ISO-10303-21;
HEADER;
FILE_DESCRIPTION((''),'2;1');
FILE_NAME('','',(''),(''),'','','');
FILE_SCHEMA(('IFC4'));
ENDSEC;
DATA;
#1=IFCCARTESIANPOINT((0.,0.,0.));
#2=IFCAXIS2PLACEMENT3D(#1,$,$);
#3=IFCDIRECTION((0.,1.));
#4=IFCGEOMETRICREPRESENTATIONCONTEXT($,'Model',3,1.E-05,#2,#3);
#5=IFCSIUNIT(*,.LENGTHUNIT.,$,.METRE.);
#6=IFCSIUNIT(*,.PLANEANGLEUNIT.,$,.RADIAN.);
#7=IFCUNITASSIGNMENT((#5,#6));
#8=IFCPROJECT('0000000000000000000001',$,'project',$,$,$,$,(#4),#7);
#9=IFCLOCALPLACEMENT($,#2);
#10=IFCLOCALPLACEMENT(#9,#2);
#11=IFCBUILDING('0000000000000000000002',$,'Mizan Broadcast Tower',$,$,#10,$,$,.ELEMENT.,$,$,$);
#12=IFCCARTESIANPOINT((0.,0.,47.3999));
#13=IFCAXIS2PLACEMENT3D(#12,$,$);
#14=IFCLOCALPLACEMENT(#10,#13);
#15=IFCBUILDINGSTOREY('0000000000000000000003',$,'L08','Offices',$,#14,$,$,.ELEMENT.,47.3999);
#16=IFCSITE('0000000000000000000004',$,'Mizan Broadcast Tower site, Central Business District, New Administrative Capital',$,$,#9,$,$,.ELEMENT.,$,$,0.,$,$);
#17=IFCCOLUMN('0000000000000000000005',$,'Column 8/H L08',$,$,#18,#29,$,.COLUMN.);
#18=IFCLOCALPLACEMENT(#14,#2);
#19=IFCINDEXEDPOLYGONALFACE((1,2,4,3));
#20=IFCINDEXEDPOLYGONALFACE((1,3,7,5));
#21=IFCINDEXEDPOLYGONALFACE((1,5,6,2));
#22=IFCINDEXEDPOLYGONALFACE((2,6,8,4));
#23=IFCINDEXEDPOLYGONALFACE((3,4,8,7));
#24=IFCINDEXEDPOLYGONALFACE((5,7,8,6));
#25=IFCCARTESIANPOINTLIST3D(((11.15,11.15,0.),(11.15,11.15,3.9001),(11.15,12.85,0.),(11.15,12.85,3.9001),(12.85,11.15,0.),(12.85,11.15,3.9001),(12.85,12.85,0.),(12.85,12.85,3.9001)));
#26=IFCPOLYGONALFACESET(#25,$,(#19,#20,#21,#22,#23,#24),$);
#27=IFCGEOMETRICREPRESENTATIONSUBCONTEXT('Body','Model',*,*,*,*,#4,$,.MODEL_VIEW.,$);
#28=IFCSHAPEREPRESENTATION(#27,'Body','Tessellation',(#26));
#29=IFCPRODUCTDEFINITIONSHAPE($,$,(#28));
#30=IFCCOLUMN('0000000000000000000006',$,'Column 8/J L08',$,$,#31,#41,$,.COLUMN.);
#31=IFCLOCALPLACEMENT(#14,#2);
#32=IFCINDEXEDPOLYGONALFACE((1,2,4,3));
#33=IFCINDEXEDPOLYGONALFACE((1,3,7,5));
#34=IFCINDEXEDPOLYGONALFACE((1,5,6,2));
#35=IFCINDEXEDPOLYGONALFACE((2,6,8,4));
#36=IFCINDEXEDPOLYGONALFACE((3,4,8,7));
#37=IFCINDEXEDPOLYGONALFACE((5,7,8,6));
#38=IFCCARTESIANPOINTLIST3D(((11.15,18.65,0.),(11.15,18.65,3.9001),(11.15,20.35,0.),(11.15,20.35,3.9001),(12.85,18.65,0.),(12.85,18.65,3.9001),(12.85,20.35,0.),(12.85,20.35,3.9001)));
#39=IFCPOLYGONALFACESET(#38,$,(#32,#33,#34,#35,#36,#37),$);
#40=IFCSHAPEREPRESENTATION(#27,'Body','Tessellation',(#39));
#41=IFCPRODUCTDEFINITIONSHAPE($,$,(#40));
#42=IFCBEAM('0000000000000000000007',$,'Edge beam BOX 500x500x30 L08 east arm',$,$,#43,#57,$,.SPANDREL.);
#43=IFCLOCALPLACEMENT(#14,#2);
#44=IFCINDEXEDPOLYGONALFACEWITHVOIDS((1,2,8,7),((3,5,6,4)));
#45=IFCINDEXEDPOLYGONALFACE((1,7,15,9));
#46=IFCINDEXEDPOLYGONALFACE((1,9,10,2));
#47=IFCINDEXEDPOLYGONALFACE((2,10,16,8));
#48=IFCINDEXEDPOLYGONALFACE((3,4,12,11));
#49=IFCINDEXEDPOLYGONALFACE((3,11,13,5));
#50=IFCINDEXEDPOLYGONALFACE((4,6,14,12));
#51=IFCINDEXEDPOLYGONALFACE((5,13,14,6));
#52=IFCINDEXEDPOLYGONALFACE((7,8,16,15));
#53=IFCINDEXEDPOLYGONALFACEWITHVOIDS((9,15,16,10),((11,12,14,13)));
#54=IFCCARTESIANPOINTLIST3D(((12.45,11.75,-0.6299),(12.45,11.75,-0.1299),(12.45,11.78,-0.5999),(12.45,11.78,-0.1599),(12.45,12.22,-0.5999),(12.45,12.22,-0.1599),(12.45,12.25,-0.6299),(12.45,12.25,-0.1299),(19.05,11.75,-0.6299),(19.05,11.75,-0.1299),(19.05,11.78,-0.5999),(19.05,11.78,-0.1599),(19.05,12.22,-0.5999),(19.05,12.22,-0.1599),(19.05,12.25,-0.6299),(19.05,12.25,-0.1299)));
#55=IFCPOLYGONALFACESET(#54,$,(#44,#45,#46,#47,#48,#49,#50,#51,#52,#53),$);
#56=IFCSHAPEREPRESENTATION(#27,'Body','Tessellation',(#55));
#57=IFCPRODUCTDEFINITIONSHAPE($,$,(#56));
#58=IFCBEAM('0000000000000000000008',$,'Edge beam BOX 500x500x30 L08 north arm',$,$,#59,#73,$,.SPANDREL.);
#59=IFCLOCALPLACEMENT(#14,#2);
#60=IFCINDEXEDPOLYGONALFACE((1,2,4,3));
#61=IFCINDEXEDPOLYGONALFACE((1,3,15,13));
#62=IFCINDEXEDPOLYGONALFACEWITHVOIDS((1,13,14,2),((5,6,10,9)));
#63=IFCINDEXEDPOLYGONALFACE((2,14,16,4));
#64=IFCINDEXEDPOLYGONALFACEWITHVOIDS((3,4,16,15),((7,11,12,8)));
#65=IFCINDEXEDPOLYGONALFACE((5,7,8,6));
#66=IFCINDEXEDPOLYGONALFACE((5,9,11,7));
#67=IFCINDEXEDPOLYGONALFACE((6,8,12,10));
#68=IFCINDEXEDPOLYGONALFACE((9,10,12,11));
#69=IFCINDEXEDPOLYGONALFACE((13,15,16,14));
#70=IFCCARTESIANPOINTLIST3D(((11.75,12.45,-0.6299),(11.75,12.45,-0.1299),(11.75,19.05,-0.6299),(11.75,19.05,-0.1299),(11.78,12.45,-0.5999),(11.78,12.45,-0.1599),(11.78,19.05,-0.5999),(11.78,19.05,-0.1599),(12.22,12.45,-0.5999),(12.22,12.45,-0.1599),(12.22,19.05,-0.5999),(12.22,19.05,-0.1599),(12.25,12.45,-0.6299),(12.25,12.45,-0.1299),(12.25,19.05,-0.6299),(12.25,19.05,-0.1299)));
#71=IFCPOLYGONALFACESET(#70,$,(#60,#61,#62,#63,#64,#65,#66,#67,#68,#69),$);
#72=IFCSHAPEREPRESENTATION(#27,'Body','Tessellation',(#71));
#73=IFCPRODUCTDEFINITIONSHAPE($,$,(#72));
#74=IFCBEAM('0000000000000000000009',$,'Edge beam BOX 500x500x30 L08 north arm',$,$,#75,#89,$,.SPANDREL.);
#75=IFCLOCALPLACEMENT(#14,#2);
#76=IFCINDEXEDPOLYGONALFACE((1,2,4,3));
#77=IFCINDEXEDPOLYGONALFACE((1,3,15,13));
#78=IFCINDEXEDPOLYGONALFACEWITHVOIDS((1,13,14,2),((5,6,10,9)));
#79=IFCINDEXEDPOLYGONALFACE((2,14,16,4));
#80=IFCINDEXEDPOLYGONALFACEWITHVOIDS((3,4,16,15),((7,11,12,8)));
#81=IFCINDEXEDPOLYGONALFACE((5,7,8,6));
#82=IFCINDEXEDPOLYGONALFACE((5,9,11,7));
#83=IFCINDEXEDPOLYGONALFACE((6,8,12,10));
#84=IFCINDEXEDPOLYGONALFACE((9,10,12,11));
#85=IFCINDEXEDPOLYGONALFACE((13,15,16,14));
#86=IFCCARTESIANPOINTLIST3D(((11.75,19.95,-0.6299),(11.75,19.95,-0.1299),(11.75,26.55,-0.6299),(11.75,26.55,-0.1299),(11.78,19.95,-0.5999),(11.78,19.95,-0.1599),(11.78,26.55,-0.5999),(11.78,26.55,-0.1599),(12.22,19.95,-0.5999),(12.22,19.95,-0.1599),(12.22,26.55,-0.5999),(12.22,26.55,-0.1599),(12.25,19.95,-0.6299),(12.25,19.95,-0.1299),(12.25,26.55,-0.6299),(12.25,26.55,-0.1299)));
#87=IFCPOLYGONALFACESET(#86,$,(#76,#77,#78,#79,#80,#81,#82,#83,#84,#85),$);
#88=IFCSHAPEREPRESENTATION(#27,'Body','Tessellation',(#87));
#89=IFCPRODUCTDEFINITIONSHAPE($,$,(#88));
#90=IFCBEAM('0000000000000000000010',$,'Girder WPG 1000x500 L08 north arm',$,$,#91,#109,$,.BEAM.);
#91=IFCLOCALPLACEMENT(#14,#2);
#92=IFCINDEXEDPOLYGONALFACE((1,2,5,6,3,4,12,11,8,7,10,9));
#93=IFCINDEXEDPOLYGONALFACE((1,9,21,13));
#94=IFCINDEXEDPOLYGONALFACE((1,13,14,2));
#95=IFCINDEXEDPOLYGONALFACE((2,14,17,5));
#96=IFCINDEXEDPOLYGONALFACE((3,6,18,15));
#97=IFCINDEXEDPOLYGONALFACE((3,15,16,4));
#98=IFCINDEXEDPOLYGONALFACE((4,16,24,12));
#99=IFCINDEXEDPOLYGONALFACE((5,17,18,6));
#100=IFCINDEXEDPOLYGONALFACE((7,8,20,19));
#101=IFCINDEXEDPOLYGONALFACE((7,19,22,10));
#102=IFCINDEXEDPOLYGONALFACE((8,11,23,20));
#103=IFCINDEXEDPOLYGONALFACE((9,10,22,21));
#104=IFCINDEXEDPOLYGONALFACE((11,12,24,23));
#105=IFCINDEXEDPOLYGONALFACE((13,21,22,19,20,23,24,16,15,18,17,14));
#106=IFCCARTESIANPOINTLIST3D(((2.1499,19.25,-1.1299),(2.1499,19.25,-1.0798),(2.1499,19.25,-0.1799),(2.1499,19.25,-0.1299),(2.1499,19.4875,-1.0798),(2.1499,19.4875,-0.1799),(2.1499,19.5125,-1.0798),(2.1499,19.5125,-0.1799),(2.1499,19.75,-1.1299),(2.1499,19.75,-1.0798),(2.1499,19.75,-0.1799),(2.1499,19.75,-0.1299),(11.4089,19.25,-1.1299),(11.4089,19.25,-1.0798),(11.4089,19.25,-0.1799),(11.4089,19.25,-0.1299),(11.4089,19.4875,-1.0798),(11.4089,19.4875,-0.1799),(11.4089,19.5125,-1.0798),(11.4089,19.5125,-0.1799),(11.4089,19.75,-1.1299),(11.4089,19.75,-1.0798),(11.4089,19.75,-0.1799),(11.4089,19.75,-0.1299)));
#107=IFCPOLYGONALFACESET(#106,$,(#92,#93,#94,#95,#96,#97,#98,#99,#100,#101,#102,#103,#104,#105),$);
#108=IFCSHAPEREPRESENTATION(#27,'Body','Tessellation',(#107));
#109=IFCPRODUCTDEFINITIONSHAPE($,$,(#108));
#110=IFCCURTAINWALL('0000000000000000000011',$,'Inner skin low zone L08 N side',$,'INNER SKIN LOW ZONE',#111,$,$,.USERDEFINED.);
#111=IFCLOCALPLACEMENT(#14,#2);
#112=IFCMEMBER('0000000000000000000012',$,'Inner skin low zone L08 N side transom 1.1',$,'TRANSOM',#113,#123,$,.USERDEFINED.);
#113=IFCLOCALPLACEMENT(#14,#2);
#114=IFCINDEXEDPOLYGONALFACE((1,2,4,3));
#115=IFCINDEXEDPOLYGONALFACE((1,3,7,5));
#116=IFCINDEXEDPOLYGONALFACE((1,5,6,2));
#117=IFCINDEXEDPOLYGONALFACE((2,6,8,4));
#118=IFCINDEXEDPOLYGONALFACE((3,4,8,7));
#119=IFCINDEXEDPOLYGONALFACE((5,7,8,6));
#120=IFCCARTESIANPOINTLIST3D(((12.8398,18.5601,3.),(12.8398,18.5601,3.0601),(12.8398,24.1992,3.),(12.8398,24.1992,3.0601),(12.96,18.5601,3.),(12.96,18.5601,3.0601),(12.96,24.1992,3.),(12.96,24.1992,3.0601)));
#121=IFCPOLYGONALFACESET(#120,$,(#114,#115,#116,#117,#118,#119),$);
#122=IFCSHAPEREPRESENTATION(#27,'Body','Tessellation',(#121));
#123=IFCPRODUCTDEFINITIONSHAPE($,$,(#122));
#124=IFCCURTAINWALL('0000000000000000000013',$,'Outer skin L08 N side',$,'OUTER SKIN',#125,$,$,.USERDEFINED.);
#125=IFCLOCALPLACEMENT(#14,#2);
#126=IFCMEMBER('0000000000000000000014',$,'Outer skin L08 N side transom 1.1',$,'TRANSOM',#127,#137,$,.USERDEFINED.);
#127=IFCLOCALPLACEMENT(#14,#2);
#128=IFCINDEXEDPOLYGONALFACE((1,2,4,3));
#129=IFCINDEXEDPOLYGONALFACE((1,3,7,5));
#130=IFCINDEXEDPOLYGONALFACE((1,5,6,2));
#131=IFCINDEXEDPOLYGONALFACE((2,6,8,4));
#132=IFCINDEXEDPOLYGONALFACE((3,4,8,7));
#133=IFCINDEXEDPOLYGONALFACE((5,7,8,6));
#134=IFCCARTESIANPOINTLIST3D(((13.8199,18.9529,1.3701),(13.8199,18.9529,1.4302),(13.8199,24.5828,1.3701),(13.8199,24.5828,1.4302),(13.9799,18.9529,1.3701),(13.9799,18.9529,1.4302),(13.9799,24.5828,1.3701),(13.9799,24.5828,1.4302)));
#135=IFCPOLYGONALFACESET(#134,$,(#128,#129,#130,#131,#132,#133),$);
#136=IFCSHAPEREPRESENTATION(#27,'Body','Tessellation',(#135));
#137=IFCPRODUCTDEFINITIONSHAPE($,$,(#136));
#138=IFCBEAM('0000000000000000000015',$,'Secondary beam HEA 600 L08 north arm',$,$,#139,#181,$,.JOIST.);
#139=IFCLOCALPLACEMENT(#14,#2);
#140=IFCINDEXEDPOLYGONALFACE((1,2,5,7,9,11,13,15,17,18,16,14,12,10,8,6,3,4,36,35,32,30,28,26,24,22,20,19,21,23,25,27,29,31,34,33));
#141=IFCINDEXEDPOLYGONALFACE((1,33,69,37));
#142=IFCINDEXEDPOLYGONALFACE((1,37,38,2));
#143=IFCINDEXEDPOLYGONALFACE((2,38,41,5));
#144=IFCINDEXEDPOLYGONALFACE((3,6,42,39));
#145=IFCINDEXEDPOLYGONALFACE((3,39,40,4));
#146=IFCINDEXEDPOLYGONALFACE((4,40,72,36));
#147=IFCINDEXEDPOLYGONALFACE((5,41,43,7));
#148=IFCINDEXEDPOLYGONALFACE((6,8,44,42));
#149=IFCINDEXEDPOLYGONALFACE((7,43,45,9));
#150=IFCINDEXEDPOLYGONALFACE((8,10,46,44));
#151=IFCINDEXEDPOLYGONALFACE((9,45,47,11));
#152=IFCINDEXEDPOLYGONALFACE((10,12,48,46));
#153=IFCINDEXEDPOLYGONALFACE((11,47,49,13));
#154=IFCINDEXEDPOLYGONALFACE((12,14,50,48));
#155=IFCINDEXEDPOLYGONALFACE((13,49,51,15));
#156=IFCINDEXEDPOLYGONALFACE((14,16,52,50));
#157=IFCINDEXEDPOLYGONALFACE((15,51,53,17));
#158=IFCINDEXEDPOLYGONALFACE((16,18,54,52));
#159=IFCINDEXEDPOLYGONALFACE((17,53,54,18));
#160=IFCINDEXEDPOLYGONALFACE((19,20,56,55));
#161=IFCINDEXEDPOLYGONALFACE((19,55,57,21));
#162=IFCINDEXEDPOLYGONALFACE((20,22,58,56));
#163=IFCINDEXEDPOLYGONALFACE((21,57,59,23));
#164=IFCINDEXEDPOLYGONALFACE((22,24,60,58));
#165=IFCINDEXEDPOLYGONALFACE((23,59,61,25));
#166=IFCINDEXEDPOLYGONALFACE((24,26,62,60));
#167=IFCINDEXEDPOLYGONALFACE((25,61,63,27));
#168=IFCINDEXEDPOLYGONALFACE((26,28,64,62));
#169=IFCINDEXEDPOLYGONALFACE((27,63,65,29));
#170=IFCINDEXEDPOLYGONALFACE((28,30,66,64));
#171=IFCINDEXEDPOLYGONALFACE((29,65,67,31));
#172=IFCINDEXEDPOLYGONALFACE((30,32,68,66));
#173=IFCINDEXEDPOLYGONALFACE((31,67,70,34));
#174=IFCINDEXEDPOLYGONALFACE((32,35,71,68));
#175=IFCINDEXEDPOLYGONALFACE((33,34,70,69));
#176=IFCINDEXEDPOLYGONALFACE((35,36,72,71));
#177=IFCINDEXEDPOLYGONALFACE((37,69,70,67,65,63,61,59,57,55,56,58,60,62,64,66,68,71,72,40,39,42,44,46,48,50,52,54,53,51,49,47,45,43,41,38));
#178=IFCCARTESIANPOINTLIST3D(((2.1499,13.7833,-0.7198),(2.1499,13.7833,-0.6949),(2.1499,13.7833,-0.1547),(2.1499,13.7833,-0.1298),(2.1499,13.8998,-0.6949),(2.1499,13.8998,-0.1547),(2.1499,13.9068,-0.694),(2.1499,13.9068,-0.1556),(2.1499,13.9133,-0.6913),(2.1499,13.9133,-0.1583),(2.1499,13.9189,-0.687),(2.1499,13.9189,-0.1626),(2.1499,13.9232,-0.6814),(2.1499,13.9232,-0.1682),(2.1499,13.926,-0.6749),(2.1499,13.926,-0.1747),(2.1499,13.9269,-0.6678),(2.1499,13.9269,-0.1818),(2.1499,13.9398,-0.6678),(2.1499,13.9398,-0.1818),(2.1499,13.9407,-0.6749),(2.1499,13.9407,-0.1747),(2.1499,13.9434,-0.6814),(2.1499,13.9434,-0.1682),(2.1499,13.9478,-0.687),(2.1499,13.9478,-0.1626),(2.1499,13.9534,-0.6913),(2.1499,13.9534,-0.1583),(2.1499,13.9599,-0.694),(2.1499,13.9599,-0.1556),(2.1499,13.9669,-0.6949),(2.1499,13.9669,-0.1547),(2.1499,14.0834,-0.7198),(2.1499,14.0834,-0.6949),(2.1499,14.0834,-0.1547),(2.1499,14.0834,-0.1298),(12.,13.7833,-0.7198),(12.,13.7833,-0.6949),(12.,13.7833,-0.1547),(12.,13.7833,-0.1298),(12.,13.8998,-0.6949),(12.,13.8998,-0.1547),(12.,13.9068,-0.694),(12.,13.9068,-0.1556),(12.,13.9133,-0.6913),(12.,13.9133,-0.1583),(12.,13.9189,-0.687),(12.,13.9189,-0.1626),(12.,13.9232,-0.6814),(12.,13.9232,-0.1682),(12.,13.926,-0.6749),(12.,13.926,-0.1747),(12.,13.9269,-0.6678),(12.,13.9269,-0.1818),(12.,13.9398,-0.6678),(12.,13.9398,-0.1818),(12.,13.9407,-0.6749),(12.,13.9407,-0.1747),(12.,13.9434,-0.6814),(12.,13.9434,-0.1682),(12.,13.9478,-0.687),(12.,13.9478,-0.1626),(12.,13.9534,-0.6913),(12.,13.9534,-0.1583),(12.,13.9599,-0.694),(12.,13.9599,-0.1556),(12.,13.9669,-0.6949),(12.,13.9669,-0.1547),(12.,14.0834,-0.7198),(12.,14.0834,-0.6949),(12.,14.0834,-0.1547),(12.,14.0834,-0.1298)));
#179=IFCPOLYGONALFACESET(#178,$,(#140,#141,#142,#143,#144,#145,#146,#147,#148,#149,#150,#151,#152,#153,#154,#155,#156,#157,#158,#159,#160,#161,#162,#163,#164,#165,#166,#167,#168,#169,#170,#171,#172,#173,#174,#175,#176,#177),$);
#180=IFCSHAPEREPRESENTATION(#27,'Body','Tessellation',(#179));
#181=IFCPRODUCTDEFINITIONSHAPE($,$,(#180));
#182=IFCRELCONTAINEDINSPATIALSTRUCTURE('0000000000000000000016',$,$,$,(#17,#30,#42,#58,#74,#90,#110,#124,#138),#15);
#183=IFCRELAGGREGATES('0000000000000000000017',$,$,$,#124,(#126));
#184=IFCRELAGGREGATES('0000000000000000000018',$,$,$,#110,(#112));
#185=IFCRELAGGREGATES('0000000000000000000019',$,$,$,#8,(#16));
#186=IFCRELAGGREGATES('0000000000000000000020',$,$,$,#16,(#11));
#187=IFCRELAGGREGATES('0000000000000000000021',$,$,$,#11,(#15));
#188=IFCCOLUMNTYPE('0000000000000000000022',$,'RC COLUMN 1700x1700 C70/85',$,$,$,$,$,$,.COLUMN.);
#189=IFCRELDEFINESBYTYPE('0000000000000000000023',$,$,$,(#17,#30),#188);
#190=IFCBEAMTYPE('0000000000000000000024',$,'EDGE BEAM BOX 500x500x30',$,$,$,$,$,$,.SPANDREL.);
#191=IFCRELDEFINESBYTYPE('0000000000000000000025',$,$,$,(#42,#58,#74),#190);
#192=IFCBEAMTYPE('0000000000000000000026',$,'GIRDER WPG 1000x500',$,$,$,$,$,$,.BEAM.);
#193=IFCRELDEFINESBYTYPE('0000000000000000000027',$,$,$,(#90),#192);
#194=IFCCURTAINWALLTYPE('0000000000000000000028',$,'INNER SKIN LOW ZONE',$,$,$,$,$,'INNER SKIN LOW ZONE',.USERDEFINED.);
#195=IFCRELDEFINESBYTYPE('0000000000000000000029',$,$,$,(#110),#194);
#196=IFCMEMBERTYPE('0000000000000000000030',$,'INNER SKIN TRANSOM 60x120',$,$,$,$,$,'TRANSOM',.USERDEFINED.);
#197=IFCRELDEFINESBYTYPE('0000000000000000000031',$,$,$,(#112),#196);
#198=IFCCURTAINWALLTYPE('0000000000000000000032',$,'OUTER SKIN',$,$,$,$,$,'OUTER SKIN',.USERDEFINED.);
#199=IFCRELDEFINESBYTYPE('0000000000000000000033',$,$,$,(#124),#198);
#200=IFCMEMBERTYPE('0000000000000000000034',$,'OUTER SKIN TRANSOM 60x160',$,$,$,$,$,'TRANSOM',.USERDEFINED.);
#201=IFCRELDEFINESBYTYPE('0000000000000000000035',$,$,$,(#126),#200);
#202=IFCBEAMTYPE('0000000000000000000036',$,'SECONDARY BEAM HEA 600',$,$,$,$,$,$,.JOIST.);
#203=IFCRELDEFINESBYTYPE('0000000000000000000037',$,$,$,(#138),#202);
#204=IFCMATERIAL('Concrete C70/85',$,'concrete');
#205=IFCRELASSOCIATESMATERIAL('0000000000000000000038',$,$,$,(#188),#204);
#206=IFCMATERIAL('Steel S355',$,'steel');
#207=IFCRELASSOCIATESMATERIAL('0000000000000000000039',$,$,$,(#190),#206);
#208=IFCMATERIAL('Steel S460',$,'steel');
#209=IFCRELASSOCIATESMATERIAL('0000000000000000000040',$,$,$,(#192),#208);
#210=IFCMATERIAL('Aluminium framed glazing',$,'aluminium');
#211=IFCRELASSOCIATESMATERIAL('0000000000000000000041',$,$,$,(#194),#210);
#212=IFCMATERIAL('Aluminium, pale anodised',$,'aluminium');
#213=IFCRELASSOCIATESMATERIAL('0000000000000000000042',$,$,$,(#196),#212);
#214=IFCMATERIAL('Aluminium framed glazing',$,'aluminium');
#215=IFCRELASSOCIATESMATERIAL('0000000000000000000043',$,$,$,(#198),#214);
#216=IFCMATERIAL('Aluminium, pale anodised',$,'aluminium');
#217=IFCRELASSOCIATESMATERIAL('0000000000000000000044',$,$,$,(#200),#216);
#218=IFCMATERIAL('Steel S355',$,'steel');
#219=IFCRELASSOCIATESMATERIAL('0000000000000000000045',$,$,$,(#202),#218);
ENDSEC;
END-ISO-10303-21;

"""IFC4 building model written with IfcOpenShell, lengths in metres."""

from ifc_helpers import new_model, si_unit, direction, frame, origin, origin_2d, place, context, subcontext, project, spatial, rectangle, hollow_rectangle, i_section, extrude, material, material_profile, profile_set, type_object, element, aggregate, save


model = new_model("IFC4")

# Units and contexts
model_context = context("Model", 3, precision=1e-05, world=origin(), true_north=direction((0.0, 1.0)))
body_context = subcontext(model_context, "Body", "Model", "MODEL_VIEW")
ifc_project = project(units=[si_unit("LENGTHUNIT", "METRE"), si_unit("PLANEANGLEUNIT", "RADIAN")], contexts=[model_context])

# Site, building, storey
site_placement = place(None, origin())
site = spatial("IfcSite", under=ifc_project, at=site_placement, Name="Mizan Broadcast Tower site, Central Business District, New Administrative Capital", CompositionType="ELEMENT", RefElevation=0.0)
building_placement = place(site_placement, origin())
building = spatial("IfcBuilding", under=site, at=building_placement, Name="Mizan Broadcast Tower", CompositionType="ELEMENT")
storey_placement = place(building_placement, frame((0.0, 0.0, 47.3999)))
storey = spatial("IfcBuildingStorey", under=building, at=storey_placement, Name="L08", Description="Offices", CompositionType="ELEMENT", Elevation=47.3999)

# Columns
ifc_material_1 = material(Name="Concrete C70/85", Category="concrete")
ifc_material_profile_1 = material_profile(ifc_material_1, rectangle(XDim=1.7, YDim=1.7, at=origin_2d()), Name="RC 1700x1700")
ifc_profile_set_1 = profile_set([ifc_material_profile_1], Name="Concrete C70/85")
column_type = type_object("IfcColumnType", Name="RC COLUMN 1700x1700 C70/85", PredefinedType="COLUMN", material=ifc_profile_set_1)
for number, where, z_axis, x_axis, name in (
    (1, (12.0, 12.0, 0.0), (0.0, 0.0, 1.0), (1.0, 0.0, 0.0), "Column 8/H L08"),
    (2, (12.0, 19.5, 0.0), (0.0, 0.0, 1.0), (1.0, 0.0, 0.0), "Column 8/J L08"),
):
    element("IfcColumn", number, at=place(storey_placement, frame(where, z_axis=z_axis, x_axis=x_axis)), inside=storey, type_object=column_type, Name=name, PredefinedType="COLUMN", context=body_context, shape_type="SweptSolid", body=[
        extrude(rectangle(XDim=1.7, YDim=1.7, at=origin_2d()), origin(), (0.0, 0.0, 1.0), 3.9001),
    ])

# Beams
ifc_material_2 = material(Name="Steel S355", Category="steel")
ifc_material_profile_2 = material_profile(ifc_material_2, hollow_rectangle(XDim=0.5, YDim=0.5, WallThickness=0.03, at=origin_2d()), Name="BOX 500x500x30")
ifc_profile_set_2 = profile_set([ifc_material_profile_2], Name="Steel S355")
beam_type_1 = type_object("IfcBeamType", Name="EDGE BEAM BOX 500x500x30", PredefinedType="SPANDREL", material=ifc_profile_set_2)
for number, where, z_axis, x_axis, name in (
    (3, (12.45, 12.0, -0.3799), (1.0, 0.0, 0.0), (0.0, 1.0, 0.0), "Edge beam BOX 500x500x30 L08 east arm"),
    (4, (12.0, 12.45, -0.3799), (0.0, 1.0, 0.0), (-1.0, 0.0, 0.0), "Edge beam BOX 500x500x30 L08 north arm"),
    (5, (12.0, 19.95, -0.3799), (0.0, 1.0, 0.0), (-1.0, 0.0, 0.0), "Edge beam BOX 500x500x30 L08 north arm"),
):
    element("IfcBeam", number, at=place(storey_placement, frame(where, z_axis=z_axis, x_axis=x_axis)), inside=storey, type_object=beam_type_1, Name=name, PredefinedType="SPANDREL", context=body_context, shape_type="SweptSolid", body=[
        extrude(hollow_rectangle(XDim=0.5, YDim=0.5, WallThickness=0.03, at=origin_2d()), origin(), (0.0, 0.0, 1.0), 6.6001),
    ])
ifc_material_3 = material(Name="Steel S460", Category="steel")
ifc_material_profile_3 = material_profile(ifc_material_3, i_section(OverallWidth=0.5, OverallDepth=1.0, WebThickness=0.0249, FlangeThickness=0.05, at=origin_2d()), Name="WPG 1000x500")
ifc_profile_set_3 = profile_set([ifc_material_profile_3], Name="Steel S460")
beam_type_2 = type_object("IfcBeamType", Name="GIRDER WPG 1000x500", PredefinedType="BEAM", material=ifc_profile_set_3)
beam_1_placement = place(storey_placement, frame((11.4089, 19.5, -0.6299), z_axis=(-1.0, 0.0, 0.0), x_axis=(0.0, -1.0, 0.0)))
element("IfcBeam", 6, at=beam_1_placement, inside=storey, type_object=beam_type_2, Name="Girder WPG 1000x500 L08 north arm", PredefinedType="BEAM", context=body_context, shape_type="SweptSolid", body=[
    extrude(i_section(OverallWidth=0.5, OverallDepth=1.0, WebThickness=0.0249, FlangeThickness=0.05, at=origin_2d()), origin(), (0.0, 0.0, 1.0), 9.259),
])

# Curtain walls, members
ifc_material_4 = material(Name="Aluminium framed glazing", Category="aluminium")
curtain_wall_type_1 = type_object("IfcCurtainWallType", Name="INNER SKIN LOW ZONE", ElementType="INNER SKIN LOW ZONE", PredefinedType="USERDEFINED", material=ifc_material_4)
curtain_wall_1_placement = place(storey_placement, origin())
curtain_wall_1 = element("IfcCurtainWall", 7, at=curtain_wall_1_placement, inside=storey, type_object=curtain_wall_type_1, Name="Inner skin low zone L08 N side", ObjectType="INNER SKIN LOW ZONE", PredefinedType="USERDEFINED")
ifc_material_5 = material(Name="Aluminium, pale anodised", Category="aluminium")
ifc_material_profile_4 = material_profile(ifc_material_5, rectangle(XDim=0.1201, YDim=0.0601, at=origin_2d()), Name="TRANSOM 120x60")
ifc_profile_set_4 = profile_set([ifc_material_profile_4], Name="Aluminium, pale anodised")
member_type_1 = type_object("IfcMemberType", Name="INNER SKIN TRANSOM 60x120", ElementType="TRANSOM", PredefinedType="USERDEFINED", material=ifc_profile_set_4)
member_1_placement = place(storey_placement, frame((12.8999, 18.5601, 3.03), z_axis=(0.0, 1.0, 0.0), x_axis=(-1.0, 0.0, 0.0)))
member_1 = element("IfcMember", 8, at=member_1_placement, type_object=member_type_1, Name="Inner skin low zone L08 N side transom 1.1", ObjectType="TRANSOM", PredefinedType="USERDEFINED", context=body_context, shape_type="SweptSolid", body=[
    extrude(rectangle(XDim=0.1201, YDim=0.0601, at=origin_2d()), origin(), (0.0, 0.0, 1.0), 5.6392),
])
ifc_material_6 = material(Name="Aluminium framed glazing", Category="aluminium")
curtain_wall_type_2 = type_object("IfcCurtainWallType", Name="OUTER SKIN", ElementType="OUTER SKIN", PredefinedType="USERDEFINED", material=ifc_material_6)
curtain_wall_2_placement = place(storey_placement, origin())
curtain_wall_2 = element("IfcCurtainWall", 9, at=curtain_wall_2_placement, inside=storey, type_object=curtain_wall_type_2, Name="Outer skin L08 N side", ObjectType="OUTER SKIN", PredefinedType="USERDEFINED")
ifc_material_7 = material(Name="Aluminium, pale anodised", Category="aluminium")
ifc_material_profile_5 = material_profile(ifc_material_7, rectangle(XDim=0.1599, YDim=0.0601, at=origin_2d()), Name="TRANSOM 160x60")
ifc_profile_set_5 = profile_set([ifc_material_profile_5], Name="Aluminium, pale anodised")
member_type_2 = type_object("IfcMemberType", Name="OUTER SKIN TRANSOM 60x160", ElementType="TRANSOM", PredefinedType="USERDEFINED", material=ifc_profile_set_5)
member_2_placement = place(storey_placement, frame((13.8999, 18.9529, 1.4001), z_axis=(0.0, 1.0, 0.0), x_axis=(-1.0, 0.0, 0.0)))
member_2 = element("IfcMember", 10, at=member_2_placement, type_object=member_type_2, Name="Outer skin L08 N side transom 1.1", ObjectType="TRANSOM", PredefinedType="USERDEFINED", context=body_context, shape_type="SweptSolid", body=[
    extrude(rectangle(XDim=0.1599, YDim=0.0601, at=origin_2d()), origin(), (0.0, 0.0, 1.0), 5.6299),
])
aggregate(curtain_wall_2, [member_2])

# Beam
ifc_material_8 = material(Name="Steel S355", Category="steel")
ifc_material_profile_6 = material_profile(ifc_material_8, i_section(OverallWidth=0.3, OverallDepth=0.5901, WebThickness=0.0129, FlangeThickness=0.0249, FilletRadius=0.0271, at=origin_2d()), Name="HEA 600")
ifc_profile_set_6 = profile_set([ifc_material_profile_6], Name="Steel S355")
beam_type_3 = type_object("IfcBeamType", Name="SECONDARY BEAM HEA 600", PredefinedType="JOIST", material=ifc_profile_set_6)
for number, where, z_axis, x_axis, name in (
    (11, (12.0, 13.9333, -0.4248), (-1.0, 0.0, 0.0), (0.0, -1.0, 0.0), "Secondary beam HEA 600 L08 north arm"),
):
    element("IfcBeam", number, at=place(storey_placement, frame(where, z_axis=z_axis, x_axis=x_axis)), inside=storey, type_object=beam_type_3, Name=name, PredefinedType="JOIST", context=body_context, shape_type="SweptSolid", body=[
        extrude(i_section(OverallWidth=0.3, OverallDepth=0.5901, WebThickness=0.0129, FlangeThickness=0.0249, FilletRadius=0.0271, at=origin_2d()), origin(), (0.0, 0.0, 1.0), 9.8501),
    ])

aggregate(curtain_wall_1, [member_1])

save(model, "model.ifc")
